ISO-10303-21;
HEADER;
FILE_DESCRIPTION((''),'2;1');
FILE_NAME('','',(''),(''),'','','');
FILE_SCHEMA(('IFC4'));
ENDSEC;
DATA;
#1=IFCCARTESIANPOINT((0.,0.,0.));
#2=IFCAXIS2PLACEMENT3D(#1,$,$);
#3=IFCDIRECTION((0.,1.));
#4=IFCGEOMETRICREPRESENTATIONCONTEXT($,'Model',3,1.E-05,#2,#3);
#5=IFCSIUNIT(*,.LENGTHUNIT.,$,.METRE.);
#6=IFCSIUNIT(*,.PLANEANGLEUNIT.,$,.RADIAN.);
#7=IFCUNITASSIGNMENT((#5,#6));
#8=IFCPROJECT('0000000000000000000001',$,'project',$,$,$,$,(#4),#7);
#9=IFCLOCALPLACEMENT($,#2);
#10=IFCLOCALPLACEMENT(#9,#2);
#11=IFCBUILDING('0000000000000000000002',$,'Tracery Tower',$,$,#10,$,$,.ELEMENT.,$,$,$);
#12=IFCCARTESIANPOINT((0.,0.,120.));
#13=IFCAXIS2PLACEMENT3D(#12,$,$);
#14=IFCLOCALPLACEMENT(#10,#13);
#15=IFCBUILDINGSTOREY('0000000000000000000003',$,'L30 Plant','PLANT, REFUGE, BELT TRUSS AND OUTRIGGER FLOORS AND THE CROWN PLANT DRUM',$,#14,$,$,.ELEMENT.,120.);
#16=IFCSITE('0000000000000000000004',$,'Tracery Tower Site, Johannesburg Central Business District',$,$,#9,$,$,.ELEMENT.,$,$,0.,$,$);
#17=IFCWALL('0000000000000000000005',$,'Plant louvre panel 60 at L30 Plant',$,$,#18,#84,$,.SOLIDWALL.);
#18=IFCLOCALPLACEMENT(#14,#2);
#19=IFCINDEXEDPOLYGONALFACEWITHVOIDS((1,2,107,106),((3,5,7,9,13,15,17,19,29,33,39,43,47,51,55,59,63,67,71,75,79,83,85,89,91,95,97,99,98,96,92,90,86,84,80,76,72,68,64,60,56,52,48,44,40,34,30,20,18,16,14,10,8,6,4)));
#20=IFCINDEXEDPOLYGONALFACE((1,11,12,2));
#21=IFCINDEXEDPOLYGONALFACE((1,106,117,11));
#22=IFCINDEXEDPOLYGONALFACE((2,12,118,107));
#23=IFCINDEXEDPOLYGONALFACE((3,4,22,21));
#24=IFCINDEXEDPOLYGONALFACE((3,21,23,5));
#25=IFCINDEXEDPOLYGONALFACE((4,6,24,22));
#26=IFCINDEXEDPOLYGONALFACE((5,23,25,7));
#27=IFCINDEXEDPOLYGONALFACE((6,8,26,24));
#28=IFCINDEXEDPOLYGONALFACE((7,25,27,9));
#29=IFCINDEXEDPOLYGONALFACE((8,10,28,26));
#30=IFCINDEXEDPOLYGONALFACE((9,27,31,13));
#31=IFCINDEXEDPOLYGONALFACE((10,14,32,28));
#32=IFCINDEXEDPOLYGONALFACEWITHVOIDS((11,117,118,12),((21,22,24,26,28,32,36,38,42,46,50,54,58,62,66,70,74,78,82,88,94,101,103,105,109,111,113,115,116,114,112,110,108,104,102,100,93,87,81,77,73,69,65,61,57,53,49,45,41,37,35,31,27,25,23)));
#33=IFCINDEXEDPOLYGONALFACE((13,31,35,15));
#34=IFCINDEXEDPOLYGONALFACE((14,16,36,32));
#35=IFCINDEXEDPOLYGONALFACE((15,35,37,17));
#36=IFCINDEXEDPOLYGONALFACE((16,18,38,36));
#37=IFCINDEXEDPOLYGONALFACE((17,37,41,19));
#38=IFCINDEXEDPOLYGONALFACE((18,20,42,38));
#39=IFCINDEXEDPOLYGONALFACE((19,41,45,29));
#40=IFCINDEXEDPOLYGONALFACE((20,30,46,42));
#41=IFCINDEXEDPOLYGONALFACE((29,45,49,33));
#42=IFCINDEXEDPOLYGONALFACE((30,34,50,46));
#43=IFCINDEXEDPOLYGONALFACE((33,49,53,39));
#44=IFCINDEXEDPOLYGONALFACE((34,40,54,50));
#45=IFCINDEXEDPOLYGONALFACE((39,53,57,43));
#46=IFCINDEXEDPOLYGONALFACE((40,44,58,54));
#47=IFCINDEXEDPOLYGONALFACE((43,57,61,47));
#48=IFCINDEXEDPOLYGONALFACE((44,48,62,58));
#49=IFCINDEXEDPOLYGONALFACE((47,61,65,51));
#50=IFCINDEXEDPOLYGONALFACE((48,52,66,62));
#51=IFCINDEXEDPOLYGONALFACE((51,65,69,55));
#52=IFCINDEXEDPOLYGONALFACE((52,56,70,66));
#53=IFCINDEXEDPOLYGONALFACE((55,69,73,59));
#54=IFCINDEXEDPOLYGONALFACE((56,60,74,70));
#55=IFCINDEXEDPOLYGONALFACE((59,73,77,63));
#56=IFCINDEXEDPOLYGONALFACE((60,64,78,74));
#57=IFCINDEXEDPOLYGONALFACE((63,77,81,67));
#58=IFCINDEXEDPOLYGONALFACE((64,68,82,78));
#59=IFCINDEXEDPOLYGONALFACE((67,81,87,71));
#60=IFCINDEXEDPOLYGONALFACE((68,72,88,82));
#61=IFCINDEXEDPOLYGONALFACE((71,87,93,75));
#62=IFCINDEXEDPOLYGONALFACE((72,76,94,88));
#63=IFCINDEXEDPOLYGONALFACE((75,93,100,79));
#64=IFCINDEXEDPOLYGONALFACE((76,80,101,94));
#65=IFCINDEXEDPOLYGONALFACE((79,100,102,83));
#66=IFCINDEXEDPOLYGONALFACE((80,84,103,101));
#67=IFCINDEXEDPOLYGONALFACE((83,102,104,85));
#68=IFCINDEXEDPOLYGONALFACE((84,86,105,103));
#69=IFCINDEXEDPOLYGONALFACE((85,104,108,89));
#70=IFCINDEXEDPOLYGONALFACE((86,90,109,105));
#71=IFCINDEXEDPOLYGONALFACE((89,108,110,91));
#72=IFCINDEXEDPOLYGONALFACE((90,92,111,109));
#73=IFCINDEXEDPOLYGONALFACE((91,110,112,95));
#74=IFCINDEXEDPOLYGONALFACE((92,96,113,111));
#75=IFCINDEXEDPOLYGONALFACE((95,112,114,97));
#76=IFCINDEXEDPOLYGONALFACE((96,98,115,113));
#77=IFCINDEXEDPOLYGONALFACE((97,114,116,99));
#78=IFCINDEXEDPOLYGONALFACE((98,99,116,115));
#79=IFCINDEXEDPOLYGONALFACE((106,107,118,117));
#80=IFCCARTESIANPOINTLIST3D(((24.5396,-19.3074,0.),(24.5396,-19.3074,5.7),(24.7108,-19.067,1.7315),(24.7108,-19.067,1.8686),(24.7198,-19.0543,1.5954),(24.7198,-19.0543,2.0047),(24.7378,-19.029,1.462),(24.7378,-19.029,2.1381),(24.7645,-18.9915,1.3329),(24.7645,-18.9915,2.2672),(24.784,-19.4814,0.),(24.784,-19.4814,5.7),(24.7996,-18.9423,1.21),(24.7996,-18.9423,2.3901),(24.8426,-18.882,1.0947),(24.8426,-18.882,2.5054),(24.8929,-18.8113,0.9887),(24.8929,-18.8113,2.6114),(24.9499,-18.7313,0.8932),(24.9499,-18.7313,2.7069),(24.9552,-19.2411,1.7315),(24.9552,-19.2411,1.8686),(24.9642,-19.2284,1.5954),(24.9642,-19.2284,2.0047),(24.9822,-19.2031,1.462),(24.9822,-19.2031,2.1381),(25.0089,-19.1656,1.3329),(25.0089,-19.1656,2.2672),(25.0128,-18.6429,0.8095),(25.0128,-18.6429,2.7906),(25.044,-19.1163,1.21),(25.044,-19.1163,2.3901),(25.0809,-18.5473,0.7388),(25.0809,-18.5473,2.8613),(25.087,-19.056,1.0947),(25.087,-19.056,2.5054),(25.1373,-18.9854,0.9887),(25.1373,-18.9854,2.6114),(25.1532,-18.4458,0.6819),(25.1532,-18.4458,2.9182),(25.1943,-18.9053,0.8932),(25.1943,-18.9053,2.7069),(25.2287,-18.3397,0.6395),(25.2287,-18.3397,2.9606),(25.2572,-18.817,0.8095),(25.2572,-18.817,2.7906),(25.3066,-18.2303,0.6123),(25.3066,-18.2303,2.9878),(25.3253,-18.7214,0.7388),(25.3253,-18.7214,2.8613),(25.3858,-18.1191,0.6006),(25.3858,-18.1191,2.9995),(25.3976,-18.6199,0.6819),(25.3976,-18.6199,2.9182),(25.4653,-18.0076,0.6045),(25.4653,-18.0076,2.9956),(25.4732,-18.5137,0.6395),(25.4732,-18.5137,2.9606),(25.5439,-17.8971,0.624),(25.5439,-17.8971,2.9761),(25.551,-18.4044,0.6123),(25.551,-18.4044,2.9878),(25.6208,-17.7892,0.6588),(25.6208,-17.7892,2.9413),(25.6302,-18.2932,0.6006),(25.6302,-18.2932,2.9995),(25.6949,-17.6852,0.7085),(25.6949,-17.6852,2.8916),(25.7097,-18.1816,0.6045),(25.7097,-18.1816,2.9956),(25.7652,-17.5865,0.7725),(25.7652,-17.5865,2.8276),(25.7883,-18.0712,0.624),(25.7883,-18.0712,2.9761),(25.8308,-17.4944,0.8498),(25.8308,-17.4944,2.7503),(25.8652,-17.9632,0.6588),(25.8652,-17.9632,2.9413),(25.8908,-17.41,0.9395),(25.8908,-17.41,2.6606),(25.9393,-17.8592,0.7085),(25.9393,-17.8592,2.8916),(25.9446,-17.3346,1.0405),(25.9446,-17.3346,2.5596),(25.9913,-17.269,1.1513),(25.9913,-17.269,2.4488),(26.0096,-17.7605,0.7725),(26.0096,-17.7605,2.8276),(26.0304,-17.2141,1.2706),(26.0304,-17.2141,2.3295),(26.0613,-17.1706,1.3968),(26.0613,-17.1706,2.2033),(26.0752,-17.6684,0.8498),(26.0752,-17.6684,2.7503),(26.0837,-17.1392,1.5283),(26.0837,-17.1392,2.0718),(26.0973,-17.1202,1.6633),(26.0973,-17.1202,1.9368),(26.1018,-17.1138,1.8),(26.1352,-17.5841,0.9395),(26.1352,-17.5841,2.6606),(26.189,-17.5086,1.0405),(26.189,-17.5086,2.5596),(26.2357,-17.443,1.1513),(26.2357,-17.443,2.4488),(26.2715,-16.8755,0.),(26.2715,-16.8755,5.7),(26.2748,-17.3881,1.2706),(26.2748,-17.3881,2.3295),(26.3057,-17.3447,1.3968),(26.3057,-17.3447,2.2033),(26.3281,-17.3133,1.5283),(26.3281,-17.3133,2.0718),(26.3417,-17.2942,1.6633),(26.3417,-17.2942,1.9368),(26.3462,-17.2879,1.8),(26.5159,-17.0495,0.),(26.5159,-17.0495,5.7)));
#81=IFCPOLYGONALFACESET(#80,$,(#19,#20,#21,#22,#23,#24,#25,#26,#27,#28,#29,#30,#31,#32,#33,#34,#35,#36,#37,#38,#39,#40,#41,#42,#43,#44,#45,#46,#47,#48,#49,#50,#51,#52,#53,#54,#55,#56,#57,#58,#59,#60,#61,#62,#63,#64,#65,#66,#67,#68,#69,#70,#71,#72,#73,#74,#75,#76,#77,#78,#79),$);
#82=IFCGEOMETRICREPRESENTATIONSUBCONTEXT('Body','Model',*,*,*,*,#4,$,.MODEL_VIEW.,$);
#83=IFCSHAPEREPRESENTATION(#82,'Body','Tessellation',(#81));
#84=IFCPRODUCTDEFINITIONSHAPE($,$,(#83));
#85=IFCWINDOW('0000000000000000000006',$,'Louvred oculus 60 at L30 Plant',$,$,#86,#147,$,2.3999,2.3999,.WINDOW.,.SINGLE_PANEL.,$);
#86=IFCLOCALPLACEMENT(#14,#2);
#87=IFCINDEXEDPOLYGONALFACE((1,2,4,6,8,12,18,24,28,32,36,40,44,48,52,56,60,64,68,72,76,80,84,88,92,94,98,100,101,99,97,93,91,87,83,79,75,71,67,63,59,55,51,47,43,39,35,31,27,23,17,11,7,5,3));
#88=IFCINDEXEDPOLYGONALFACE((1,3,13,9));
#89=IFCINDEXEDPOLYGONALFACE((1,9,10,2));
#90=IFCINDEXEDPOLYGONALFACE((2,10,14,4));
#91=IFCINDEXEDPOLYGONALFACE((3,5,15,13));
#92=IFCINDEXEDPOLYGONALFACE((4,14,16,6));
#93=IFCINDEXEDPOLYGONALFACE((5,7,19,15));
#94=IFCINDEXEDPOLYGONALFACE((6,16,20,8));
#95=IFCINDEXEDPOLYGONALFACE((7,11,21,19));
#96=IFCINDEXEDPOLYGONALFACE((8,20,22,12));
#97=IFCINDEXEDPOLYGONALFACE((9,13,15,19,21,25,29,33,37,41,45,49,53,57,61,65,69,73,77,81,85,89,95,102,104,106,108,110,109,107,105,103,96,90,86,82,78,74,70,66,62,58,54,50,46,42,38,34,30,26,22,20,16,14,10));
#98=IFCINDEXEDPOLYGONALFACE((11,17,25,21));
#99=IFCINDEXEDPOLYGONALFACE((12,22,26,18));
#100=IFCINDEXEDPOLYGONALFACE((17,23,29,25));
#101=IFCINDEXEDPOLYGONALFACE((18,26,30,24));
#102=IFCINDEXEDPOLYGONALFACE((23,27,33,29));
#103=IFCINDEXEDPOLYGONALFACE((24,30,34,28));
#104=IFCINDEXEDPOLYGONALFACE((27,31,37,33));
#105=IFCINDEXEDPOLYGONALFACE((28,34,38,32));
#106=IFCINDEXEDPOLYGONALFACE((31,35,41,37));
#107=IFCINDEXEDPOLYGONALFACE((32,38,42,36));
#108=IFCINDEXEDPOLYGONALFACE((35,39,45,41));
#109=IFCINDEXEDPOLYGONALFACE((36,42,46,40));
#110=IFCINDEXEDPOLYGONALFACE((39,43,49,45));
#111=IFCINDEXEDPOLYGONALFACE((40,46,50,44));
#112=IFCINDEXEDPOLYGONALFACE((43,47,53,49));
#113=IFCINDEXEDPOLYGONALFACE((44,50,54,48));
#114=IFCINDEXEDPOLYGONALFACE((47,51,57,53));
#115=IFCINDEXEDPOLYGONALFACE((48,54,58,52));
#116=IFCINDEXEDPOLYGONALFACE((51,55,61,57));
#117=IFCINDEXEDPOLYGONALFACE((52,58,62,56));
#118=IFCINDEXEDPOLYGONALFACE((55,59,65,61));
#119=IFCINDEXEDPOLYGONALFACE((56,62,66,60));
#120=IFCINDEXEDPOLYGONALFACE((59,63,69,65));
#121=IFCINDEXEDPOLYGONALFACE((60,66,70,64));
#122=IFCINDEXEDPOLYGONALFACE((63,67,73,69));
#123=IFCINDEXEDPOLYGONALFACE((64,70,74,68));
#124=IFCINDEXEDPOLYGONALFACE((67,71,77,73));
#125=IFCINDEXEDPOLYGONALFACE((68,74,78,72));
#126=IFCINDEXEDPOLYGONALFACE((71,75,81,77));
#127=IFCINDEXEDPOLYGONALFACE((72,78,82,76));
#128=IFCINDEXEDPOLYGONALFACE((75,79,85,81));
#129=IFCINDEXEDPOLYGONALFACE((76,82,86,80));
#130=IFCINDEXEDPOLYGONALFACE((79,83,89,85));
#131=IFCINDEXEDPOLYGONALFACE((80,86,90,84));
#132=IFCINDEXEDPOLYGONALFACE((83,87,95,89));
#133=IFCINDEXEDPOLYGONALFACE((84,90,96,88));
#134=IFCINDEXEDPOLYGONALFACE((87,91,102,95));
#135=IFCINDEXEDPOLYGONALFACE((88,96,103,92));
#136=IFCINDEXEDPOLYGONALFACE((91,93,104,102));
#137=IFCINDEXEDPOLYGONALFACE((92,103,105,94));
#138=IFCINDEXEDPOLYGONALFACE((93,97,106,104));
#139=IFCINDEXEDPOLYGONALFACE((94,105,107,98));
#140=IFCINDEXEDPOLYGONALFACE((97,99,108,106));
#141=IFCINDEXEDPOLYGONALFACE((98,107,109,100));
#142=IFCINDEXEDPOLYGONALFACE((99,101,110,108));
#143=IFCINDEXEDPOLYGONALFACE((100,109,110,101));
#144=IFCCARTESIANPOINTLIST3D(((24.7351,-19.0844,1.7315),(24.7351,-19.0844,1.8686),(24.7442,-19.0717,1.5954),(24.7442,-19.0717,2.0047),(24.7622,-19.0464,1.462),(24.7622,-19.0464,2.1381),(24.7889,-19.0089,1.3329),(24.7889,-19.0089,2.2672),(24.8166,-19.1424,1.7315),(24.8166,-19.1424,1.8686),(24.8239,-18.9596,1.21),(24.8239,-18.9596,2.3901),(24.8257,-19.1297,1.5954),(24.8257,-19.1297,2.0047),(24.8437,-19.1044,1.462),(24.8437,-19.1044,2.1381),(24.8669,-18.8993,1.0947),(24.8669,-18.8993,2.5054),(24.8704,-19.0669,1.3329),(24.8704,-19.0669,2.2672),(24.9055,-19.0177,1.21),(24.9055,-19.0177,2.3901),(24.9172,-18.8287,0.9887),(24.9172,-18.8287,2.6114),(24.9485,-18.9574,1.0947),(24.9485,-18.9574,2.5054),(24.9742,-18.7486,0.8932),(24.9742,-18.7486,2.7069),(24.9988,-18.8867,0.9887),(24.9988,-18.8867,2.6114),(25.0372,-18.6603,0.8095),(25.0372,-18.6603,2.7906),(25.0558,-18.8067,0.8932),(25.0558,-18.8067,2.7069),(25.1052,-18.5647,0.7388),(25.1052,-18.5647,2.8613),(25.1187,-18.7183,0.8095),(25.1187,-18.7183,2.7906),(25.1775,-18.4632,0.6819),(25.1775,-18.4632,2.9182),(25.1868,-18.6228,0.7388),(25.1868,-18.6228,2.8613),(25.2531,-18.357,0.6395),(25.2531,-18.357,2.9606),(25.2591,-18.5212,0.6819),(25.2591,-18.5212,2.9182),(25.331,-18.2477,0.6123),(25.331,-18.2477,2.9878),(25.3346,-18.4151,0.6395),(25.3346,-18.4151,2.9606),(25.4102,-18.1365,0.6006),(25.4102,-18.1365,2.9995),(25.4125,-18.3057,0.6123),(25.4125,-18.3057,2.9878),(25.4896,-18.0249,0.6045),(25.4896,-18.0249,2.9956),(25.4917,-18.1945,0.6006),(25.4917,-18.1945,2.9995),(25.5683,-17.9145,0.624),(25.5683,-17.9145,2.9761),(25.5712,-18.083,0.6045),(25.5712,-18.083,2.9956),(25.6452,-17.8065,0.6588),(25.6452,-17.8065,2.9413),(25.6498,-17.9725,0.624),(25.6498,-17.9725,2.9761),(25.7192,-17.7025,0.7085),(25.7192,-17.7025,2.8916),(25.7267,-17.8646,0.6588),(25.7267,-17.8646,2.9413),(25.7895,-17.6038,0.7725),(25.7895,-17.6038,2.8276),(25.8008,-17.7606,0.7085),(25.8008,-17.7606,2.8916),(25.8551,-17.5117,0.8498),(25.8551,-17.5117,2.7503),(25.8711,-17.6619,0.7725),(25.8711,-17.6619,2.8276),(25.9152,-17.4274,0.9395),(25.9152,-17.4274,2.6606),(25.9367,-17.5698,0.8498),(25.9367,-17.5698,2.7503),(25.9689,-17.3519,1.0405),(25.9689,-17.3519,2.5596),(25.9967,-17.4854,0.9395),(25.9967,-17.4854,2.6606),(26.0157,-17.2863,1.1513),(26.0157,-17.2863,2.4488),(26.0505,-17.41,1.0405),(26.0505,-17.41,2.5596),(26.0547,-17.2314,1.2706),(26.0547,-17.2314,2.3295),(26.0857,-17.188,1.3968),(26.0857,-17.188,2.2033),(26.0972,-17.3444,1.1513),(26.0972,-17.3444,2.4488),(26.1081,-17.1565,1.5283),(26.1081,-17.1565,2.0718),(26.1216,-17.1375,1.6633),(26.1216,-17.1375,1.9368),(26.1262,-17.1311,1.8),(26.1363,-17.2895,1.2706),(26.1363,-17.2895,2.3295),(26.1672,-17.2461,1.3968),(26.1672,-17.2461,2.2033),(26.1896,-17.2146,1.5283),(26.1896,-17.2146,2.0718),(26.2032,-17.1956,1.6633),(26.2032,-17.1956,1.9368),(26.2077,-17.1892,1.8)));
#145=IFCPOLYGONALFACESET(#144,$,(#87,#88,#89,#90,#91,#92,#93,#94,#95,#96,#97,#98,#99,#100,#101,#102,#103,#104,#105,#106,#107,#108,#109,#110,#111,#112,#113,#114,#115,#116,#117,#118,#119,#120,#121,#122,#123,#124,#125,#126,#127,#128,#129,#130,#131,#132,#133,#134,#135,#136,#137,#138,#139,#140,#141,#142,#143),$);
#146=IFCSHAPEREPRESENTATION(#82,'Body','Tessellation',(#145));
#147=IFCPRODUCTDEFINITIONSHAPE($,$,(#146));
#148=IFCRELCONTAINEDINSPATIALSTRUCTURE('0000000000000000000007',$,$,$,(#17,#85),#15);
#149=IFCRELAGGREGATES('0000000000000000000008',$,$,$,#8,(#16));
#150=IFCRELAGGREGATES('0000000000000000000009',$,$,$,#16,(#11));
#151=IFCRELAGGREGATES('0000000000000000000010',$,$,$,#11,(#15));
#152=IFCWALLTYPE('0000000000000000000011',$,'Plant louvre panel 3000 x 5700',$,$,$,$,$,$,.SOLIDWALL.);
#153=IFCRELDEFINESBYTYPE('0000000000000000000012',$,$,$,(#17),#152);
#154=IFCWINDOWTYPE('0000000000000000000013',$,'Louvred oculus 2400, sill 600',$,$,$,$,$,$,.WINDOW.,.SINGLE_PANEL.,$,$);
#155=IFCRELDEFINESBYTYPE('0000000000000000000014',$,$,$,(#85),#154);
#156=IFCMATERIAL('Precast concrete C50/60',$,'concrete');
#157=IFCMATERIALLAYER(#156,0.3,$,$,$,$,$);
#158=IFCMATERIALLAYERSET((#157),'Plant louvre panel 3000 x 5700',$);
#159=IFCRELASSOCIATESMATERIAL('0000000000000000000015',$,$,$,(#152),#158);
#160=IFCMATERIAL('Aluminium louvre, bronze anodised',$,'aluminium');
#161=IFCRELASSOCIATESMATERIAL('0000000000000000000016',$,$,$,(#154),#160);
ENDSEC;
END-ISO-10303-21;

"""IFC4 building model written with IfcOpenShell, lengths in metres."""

from ifc_helpers import new_model, si_unit, direction, frame, frame_2d, origin, origin_2d, place, context, subcontext, project, spatial, rectangle, circle, extrude, material, layer, layer_set, type_object, element, fill, save


model = new_model("IFC4")

# Units and contexts
model_context = context("Model", 3, precision=1e-05, world=origin(), true_north=direction((0.0, 1.0)))
body_context = subcontext(model_context, "Body", "Model", "MODEL_VIEW")
ifc_project = project(units=[si_unit("LENGTHUNIT", "METRE"), si_unit("PLANEANGLEUNIT", "RADIAN")], contexts=[model_context])

# Site, building, storey
site_placement = place(None, origin())
site = spatial("IfcSite", under=ifc_project, at=site_placement, Name="Tracery Tower Site, Johannesburg Central Business District", CompositionType="ELEMENT", RefElevation=0.0)
building_placement = place(site_placement, origin())
building = spatial("IfcBuilding", under=site, at=building_placement, Name="Tracery Tower", CompositionType="ELEMENT")
storey_placement = place(building_placement, frame((0.0, 0.0, 120.0)))
storey = spatial("IfcBuildingStorey", under=building, at=storey_placement, Name="L30 Plant", Description="PLANT, REFUGE, BELT TRUSS AND OUTRIGGER FLOORS AND THE CROWN PLANT DRUM", CompositionType="ELEMENT", Elevation=120.0)

# Wall, opening, window
ifc_material_1 = material(Name="Precast concrete C50/60", Category="concrete")
ifc_layer_1 = layer(ifc_material_1, 0.3)
ifc_layer_set_1 = layer_set([ifc_layer_1], Name="Plant louvre panel 3000 x 5700")
wall_type_1 = type_object("IfcWallType", Name="Plant louvre panel 3000 x 5700", PredefinedType="SOLIDWALL", material=ifc_layer_set_1)
ifc_material_2 = material(Name="Aluminium louvre, bronze anodised", Category="aluminium")
window_type = type_object("IfcWindowType", Name="Louvred oculus 2400, sill 600", PartitioningType="SINGLE_PANEL", PredefinedType="WINDOW", material=ifc_material_2)
wall_1_placement = place(storey_placement, frame((24.6619, -19.3943, 0.0), z_axis=(0.0, 0.0, 1.0), x_axis=(0.580101, 0.814545, 0.0)))
wall_1 = element("IfcWall", 1, at=wall_1_placement, inside=storey, type_object=wall_type_1, Name="Plant louvre panel 60 at L30 Plant", PredefinedType="SOLIDWALL", context=body_context, shape_type="SweptSolid", body=[
    extrude(rectangle(XDim=2.9856, YDim=0.3, at=frame_2d((1.4927, 0.0))), origin(), (0.0, 0.0, 1.0), 5.7),
])
opening_1_placement = place(wall_1_placement, frame((1.4929, 0.0, 1.8)))
opening_1 = element("IfcOpeningElement", 2, at=opening_1_placement, cuts=wall_1, PredefinedType="OPENING", context=body_context, shape_type="SweptSolid", body=[
    extrude(circle(Radius=1.2, at=origin_2d()), frame((0.0, 0.1599, 0.0), z_axis=(0.0, -1.0, 0.0), x_axis=(1.0, 0.0, 0.0)), (0.0, 0.0, 1.0), 0.3201),
])
window_1_placement = place(opening_1_placement, origin())
window_1 = element("IfcWindow", 3, at=window_1_placement, inside=storey, type_object=window_type, Name="Louvred oculus 60 at L30 Plant", OverallHeight=2.3999, OverallWidth=2.3999, PartitioningType="SINGLE_PANEL", PredefinedType="WINDOW", context=body_context, shape_type="SweptSolid", body=[
    extrude(circle(Radius=1.2, at=origin_2d()), frame((0.0, 0.1201, 0.0), z_axis=(0.0, -1.0, 0.0), x_axis=(1.0, 0.0, 0.0)), (0.0, 0.0, 1.0), 0.1001),
])
fill(opening_1, window_1)

save(model, "model.ifc")
